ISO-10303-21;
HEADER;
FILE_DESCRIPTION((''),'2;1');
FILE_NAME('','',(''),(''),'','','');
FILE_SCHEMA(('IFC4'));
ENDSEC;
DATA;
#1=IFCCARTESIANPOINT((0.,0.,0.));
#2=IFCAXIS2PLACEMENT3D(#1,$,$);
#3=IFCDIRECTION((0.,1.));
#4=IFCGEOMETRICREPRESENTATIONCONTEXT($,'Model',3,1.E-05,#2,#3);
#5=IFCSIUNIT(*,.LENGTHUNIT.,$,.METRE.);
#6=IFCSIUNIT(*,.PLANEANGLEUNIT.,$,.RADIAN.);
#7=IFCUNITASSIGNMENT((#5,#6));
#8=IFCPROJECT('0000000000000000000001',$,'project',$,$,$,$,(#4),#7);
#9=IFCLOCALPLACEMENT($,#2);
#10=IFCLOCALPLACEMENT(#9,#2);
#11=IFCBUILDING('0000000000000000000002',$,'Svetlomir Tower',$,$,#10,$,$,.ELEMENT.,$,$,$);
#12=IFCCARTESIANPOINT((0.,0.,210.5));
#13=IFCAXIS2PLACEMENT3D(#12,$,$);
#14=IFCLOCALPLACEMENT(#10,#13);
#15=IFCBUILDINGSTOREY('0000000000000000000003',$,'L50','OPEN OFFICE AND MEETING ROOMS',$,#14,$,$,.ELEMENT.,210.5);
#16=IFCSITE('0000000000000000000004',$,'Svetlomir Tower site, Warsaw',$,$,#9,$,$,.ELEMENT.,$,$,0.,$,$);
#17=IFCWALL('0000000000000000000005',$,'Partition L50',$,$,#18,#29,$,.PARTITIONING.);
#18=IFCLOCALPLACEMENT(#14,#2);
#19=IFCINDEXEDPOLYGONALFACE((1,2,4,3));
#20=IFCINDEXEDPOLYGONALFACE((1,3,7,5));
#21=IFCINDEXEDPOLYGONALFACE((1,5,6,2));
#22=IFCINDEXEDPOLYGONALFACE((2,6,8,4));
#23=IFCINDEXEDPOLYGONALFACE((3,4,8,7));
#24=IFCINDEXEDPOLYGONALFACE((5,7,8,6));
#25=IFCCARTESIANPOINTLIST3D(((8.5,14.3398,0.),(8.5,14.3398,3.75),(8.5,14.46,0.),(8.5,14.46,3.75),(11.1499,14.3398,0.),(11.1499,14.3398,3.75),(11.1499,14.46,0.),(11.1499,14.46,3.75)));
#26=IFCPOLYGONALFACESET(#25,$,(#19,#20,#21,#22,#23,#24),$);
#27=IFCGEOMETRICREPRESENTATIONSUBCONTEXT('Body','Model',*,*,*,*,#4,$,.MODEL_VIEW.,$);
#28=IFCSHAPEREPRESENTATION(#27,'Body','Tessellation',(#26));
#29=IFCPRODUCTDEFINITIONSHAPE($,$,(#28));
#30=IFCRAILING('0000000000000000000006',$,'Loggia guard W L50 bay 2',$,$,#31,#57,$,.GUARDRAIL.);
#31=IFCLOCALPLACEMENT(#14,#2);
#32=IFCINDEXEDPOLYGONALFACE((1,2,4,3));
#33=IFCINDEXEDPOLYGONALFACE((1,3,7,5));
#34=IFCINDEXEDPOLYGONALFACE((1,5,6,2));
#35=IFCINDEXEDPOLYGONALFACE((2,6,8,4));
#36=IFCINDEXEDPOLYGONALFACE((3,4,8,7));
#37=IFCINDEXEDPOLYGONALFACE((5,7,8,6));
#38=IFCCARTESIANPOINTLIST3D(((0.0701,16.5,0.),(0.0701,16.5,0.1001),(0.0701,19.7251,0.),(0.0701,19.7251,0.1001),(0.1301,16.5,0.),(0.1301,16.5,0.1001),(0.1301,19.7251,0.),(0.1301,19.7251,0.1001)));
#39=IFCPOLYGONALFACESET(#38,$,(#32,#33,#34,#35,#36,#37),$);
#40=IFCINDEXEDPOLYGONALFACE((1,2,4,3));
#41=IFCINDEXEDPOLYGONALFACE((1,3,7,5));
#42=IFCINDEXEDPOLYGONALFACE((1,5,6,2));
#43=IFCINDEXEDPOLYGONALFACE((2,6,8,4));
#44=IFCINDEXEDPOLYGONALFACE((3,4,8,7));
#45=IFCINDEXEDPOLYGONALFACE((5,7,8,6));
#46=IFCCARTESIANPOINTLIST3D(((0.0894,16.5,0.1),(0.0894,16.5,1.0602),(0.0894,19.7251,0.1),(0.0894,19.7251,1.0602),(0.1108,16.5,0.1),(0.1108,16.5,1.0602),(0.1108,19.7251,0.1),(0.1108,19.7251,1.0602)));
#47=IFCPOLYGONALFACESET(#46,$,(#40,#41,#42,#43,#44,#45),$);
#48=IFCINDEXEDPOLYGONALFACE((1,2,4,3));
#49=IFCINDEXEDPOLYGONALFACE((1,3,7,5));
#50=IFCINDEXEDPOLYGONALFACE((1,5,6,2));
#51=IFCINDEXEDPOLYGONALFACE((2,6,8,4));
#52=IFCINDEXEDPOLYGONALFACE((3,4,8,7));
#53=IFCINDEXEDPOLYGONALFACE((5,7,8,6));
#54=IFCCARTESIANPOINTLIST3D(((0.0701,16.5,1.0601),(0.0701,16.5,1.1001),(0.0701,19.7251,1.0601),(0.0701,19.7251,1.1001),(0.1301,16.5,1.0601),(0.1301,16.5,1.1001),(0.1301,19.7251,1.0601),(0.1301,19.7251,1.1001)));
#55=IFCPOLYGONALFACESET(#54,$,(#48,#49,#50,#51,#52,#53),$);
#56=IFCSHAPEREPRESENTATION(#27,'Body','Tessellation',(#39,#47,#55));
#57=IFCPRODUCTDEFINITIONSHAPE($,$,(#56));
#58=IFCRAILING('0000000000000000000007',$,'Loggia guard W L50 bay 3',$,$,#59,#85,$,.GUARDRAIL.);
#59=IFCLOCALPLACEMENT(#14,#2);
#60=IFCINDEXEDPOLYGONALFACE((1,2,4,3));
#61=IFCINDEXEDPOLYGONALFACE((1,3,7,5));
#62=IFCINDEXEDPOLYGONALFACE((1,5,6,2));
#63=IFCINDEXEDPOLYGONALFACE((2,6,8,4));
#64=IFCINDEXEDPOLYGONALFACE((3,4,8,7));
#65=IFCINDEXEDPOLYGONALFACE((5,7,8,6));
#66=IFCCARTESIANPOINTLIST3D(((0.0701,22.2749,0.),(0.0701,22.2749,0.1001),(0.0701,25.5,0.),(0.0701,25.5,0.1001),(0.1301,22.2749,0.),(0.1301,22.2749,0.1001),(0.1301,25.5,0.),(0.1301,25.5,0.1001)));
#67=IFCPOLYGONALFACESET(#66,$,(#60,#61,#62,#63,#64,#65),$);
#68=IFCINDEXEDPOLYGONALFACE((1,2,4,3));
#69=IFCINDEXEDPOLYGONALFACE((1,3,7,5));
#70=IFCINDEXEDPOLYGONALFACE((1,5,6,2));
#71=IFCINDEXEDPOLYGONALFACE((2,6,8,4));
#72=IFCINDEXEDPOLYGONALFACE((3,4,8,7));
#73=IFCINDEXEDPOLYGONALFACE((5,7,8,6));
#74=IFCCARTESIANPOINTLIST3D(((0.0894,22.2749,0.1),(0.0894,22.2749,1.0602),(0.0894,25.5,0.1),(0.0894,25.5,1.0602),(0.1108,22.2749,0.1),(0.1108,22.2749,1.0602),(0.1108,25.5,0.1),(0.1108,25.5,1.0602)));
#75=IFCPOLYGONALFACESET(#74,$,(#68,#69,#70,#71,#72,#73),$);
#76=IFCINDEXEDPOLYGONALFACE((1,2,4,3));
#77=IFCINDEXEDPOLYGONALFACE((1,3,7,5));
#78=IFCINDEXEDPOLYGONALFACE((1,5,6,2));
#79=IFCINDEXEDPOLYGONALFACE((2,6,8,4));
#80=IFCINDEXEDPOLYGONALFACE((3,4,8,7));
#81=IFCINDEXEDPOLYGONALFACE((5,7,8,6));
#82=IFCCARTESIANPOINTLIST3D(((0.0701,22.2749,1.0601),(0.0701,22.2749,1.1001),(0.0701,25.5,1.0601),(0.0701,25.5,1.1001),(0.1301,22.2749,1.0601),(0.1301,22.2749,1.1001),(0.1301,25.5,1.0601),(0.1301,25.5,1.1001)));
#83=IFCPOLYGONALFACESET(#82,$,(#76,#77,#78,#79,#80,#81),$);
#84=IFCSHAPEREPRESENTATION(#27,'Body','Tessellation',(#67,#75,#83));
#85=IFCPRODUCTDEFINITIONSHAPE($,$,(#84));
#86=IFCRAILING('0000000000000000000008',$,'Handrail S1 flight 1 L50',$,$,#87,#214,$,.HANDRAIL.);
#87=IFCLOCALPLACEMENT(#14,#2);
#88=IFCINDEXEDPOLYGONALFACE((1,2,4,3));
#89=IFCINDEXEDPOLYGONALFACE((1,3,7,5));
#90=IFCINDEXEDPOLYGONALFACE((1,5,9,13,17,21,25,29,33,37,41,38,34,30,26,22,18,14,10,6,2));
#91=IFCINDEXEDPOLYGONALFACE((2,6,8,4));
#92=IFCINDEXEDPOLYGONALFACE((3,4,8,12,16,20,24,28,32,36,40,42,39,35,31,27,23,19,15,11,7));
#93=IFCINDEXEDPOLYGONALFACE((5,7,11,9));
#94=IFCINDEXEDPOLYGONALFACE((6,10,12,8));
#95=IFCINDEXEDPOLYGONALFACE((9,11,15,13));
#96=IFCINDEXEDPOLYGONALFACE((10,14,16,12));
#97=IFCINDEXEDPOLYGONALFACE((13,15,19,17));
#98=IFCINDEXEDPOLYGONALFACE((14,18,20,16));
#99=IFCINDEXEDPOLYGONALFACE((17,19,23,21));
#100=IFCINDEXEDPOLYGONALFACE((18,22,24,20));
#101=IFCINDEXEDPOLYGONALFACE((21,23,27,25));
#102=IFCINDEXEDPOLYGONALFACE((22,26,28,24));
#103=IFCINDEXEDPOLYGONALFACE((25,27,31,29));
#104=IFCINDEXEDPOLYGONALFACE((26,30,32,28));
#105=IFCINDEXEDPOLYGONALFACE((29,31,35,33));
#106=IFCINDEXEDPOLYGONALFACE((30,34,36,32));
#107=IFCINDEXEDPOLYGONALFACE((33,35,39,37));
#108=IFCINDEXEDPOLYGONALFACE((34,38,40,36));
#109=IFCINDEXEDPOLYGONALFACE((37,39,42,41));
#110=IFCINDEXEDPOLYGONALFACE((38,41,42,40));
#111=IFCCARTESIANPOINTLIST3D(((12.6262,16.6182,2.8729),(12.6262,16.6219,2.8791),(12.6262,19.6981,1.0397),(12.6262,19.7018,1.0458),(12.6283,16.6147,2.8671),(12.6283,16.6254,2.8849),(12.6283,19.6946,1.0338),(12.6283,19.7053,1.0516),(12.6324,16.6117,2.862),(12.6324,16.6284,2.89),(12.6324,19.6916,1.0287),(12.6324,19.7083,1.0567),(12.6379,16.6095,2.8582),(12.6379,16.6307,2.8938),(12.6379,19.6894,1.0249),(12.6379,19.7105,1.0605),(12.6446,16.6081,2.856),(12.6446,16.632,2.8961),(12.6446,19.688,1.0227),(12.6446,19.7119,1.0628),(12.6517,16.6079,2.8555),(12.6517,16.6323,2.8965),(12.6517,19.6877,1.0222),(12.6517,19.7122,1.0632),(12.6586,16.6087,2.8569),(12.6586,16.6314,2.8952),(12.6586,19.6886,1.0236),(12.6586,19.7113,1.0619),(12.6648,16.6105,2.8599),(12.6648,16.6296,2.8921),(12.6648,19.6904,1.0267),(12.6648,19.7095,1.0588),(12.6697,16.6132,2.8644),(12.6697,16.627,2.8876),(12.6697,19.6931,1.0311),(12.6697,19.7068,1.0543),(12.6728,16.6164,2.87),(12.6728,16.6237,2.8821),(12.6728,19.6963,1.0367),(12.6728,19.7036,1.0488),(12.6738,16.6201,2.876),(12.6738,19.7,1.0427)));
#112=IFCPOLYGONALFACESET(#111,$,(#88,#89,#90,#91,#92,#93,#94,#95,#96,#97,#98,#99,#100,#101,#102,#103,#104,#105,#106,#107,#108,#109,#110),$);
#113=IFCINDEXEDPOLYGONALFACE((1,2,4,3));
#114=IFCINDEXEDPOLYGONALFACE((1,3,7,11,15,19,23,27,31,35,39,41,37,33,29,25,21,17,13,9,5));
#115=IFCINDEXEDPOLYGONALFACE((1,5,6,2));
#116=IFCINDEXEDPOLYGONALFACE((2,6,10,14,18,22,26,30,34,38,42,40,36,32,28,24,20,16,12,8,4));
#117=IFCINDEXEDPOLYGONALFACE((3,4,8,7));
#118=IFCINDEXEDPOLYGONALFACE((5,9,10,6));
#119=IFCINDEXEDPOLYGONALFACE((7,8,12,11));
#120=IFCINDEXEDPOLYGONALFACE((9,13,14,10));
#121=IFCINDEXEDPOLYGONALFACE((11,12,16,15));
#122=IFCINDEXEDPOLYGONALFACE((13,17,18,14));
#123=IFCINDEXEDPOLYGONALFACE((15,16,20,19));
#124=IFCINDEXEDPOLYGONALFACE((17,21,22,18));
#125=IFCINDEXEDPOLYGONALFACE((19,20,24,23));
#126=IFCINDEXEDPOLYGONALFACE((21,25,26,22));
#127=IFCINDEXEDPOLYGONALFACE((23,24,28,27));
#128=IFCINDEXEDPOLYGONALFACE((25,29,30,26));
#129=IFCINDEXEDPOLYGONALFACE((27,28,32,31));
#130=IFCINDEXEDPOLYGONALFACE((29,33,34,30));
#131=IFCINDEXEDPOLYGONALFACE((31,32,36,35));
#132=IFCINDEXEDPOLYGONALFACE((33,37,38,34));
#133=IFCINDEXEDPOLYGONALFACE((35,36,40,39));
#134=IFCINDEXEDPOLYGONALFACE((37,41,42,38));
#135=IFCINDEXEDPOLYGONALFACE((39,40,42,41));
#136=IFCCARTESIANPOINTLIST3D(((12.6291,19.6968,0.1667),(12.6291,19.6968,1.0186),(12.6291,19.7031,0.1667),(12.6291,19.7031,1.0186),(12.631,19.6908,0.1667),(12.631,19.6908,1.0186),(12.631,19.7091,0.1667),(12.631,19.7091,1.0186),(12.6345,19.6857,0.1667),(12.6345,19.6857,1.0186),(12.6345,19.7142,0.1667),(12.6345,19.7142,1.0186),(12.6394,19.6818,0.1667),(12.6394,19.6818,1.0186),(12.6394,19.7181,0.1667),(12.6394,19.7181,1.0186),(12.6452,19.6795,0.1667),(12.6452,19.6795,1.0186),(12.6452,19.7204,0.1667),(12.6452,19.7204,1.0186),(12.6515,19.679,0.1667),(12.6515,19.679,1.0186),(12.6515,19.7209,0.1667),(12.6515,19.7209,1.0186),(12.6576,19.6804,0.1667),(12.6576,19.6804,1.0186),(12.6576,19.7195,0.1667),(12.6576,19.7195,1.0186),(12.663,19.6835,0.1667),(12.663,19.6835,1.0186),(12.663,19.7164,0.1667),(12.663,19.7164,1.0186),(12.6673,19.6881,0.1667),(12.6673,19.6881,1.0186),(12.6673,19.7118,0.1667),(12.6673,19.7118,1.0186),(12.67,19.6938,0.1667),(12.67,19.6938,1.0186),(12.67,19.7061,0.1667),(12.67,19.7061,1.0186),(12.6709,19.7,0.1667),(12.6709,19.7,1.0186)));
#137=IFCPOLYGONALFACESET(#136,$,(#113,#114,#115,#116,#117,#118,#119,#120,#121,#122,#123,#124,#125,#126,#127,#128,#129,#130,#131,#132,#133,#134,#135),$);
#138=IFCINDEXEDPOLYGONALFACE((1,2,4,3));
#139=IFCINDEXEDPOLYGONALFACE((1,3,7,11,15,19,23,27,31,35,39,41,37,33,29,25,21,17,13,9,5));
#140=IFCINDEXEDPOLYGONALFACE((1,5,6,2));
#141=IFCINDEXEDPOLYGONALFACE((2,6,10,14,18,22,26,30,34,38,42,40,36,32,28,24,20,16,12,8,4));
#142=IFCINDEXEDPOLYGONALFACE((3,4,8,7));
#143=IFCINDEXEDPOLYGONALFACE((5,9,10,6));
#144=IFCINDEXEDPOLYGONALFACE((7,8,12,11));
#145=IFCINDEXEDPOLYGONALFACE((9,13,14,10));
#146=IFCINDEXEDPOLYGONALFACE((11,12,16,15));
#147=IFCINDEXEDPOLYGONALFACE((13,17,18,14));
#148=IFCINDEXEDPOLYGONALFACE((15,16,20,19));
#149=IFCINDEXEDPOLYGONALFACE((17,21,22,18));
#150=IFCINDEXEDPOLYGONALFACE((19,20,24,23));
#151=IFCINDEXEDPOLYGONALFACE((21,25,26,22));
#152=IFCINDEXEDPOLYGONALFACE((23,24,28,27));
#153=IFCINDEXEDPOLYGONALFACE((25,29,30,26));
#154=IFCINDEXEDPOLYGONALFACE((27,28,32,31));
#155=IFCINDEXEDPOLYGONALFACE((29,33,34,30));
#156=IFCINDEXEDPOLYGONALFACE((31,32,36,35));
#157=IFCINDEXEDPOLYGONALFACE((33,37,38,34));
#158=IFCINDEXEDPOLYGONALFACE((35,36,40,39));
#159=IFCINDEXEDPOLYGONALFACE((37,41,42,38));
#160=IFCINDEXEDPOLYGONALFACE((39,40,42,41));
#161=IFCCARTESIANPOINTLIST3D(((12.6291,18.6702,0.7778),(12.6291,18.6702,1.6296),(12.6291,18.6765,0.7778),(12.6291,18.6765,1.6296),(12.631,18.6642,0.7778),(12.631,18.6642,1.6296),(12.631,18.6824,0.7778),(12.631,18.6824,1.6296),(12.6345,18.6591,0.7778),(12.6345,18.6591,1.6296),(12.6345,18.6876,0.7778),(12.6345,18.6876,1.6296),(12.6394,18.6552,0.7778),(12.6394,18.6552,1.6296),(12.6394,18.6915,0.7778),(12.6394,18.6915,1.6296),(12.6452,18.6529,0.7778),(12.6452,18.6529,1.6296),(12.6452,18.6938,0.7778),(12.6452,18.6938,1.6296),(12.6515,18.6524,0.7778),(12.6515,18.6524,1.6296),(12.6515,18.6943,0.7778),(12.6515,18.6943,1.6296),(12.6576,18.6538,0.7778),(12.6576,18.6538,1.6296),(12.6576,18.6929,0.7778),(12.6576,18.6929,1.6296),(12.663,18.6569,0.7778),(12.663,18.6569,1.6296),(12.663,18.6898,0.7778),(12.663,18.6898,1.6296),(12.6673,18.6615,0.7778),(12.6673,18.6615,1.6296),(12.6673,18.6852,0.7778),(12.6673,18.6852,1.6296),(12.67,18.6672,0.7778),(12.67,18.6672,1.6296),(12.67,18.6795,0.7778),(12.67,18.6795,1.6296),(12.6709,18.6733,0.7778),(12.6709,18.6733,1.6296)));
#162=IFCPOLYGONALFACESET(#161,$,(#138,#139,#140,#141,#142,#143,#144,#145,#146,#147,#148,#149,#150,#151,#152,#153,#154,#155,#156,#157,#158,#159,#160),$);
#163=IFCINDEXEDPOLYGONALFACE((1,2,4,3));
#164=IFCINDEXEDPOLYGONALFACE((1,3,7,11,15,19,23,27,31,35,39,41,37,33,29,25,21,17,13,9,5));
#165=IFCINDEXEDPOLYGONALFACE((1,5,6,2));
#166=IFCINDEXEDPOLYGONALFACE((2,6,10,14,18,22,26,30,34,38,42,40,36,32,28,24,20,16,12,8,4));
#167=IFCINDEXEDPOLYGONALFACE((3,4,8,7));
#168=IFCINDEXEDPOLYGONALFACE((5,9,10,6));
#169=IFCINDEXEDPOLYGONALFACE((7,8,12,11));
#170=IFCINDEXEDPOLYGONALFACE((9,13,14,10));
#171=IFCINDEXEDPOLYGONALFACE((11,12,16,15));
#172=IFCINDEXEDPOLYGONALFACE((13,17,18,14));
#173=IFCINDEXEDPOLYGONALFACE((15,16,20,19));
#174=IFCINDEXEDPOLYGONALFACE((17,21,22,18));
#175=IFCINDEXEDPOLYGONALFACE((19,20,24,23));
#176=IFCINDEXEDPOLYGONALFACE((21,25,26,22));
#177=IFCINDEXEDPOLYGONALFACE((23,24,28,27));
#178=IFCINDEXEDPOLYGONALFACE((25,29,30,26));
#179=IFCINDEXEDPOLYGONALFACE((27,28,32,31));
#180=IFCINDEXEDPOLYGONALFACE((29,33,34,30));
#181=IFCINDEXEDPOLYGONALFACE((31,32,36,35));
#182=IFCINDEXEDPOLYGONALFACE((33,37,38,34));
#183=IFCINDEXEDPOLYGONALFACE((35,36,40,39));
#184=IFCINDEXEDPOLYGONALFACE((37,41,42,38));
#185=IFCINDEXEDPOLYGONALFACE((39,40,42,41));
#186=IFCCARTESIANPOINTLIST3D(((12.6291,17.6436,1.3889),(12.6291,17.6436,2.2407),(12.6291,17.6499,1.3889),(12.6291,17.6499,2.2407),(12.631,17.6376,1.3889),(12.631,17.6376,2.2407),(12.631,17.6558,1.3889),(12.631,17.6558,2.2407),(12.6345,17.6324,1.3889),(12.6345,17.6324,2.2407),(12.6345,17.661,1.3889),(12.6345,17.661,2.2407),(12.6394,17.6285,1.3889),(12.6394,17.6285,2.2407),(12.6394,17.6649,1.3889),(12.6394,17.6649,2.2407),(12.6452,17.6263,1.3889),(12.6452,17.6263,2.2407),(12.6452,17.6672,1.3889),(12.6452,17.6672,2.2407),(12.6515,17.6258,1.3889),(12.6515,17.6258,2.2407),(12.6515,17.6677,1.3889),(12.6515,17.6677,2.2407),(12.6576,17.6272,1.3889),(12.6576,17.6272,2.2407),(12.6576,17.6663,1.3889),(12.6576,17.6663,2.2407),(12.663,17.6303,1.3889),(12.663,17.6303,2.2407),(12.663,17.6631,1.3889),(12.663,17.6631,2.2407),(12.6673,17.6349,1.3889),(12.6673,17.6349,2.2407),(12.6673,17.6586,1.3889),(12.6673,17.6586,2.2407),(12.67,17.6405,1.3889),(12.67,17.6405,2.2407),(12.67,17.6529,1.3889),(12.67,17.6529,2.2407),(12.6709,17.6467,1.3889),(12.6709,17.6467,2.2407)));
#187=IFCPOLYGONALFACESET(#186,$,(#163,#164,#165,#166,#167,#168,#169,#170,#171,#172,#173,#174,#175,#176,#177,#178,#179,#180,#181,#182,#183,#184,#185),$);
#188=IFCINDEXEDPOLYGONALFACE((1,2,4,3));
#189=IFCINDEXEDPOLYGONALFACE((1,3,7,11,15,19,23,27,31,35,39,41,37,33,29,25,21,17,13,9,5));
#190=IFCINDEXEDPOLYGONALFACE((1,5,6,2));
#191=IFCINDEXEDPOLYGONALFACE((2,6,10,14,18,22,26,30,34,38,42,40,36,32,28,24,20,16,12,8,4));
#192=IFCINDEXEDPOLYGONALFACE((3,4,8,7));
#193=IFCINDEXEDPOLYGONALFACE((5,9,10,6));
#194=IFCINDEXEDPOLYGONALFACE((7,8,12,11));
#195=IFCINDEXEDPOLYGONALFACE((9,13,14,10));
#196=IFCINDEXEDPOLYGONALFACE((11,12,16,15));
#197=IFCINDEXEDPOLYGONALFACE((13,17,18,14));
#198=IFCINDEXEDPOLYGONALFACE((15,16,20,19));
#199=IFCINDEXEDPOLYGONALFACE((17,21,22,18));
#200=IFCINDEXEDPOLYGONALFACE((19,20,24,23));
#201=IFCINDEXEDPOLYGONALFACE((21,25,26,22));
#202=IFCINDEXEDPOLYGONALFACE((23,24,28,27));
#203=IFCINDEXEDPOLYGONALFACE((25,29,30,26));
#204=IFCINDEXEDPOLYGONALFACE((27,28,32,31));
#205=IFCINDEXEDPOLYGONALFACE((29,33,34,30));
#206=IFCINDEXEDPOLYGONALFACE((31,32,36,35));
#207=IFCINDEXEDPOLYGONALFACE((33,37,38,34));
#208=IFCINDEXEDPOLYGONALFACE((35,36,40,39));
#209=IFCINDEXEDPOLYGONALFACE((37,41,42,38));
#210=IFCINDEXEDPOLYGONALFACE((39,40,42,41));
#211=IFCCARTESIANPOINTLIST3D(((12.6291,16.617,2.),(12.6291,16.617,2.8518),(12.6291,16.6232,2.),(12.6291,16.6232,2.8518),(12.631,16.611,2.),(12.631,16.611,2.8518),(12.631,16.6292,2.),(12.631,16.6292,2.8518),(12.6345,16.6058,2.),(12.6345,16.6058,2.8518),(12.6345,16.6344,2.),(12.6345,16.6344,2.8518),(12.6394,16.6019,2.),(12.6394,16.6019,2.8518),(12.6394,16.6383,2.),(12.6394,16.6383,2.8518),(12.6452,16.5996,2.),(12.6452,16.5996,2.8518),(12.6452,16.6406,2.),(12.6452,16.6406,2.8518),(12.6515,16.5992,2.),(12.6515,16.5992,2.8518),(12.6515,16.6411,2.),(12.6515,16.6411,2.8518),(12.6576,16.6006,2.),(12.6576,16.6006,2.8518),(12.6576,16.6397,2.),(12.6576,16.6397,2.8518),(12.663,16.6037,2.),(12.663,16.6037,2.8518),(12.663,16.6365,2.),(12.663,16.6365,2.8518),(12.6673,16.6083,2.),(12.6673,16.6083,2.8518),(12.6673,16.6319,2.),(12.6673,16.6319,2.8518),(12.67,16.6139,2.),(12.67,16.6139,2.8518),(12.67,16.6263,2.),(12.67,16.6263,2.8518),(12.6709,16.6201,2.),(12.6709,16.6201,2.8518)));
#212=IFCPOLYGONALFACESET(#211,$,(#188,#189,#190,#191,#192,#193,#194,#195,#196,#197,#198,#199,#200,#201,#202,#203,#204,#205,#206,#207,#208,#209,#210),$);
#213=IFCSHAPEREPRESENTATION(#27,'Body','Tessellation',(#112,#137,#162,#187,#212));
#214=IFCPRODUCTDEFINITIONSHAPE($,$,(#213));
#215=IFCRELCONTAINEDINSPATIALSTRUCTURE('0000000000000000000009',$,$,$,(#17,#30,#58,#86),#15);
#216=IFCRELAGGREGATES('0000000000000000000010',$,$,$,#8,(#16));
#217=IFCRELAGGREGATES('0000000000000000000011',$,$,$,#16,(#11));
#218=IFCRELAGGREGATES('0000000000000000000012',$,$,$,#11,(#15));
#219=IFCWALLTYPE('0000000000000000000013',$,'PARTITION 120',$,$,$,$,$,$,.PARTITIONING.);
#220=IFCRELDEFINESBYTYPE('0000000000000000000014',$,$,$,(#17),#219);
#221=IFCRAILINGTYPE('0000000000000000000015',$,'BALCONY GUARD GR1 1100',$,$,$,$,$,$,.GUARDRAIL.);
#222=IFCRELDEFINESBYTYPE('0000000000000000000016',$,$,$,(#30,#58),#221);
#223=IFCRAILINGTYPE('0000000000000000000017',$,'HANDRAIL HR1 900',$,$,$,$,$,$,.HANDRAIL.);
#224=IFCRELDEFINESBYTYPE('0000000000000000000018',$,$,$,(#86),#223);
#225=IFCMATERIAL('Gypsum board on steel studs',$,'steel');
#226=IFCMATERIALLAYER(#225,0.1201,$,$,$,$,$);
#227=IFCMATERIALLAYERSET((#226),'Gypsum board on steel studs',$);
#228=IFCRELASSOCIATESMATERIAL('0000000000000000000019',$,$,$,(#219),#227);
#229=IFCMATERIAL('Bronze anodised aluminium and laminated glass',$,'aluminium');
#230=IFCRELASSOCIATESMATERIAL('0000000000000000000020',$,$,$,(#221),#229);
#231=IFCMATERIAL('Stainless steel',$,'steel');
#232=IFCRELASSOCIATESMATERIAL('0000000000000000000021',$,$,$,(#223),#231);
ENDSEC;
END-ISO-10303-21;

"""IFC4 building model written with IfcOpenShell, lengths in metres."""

from ifc_helpers import new_model, si_unit, direction, frame, frame_2d, origin, origin_2d, place, context, subcontext, project, spatial, rectangle, circle, extrude, material, layer, layer_set, type_object, element, save


model = new_model("IFC4")

# Units and contexts
model_context = context("Model", 3, precision=1e-05, world=origin(), true_north=direction((0.0, 1.0)))
body_context = subcontext(model_context, "Body", "Model", "MODEL_VIEW")
ifc_project = project(units=[si_unit("LENGTHUNIT", "METRE"), si_unit("PLANEANGLEUNIT", "RADIAN")], contexts=[model_context])

# Site, building, storey
site_placement = place(None, origin())
site = spatial("IfcSite", under=ifc_project, at=site_placement, Name="Svetlomir Tower site, Warsaw", CompositionType="ELEMENT", RefElevation=0.0)
building_placement = place(site_placement, origin())
building = spatial("IfcBuilding", under=site, at=building_placement, Name="Svetlomir Tower", CompositionType="ELEMENT")
storey_placement = place(building_placement, frame((0.0, 0.0, 210.5)))
storey = spatial("IfcBuildingStorey", under=building, at=storey_placement, Name="L50", Description="OPEN OFFICE AND MEETING ROOMS", CompositionType="ELEMENT", Elevation=210.5)

# Wall
ifc_material_1 = material(Name="Gypsum board on steel studs", Category="steel")
ifc_layer_1 = layer(ifc_material_1, 0.1201)
ifc_layer_set_1 = layer_set([ifc_layer_1], Name="Gypsum board on steel studs")
wall_type_1 = type_object("IfcWallType", Name="PARTITION 120", PredefinedType="PARTITIONING", material=ifc_layer_set_1)
wall_1_placement = place(storey_placement, frame((8.5, 14.3999, 0.0), z_axis=(0.0, 0.0, 1.0), x_axis=(1.0, 0.0, 0.0)))
element("IfcWall", 1, at=wall_1_placement, inside=storey, type_object=wall_type_1, Name="Partition L50", PredefinedType="PARTITIONING", context=body_context, shape_type="SweptSolid", body=[
    extrude(rectangle(XDim=2.6499, YDim=0.1201, at=frame_2d((1.325, 0.0))), origin(), (0.0, 0.0, 1.0), 3.75),
])

# Railings
ifc_material_2 = material(Name="Bronze anodised aluminium and laminated glass", Category="aluminium")
railing_type_1 = type_object("IfcRailingType", Name="BALCONY GUARD GR1 1100", PredefinedType="GUARDRAIL", material=ifc_material_2)
for number, where, name in (
    (2, (0.1001, 16.5, 0.0), "Loggia guard W L50 bay 2"),
    (3, (0.1001, 22.2749, 0.0), "Loggia guard W L50 bay 3"),
):
    element("IfcRailing", number, at=place(storey_placement, frame(where)), inside=storey, type_object=railing_type_1, Name=name, PredefinedType="GUARDRAIL", context=body_context, shape_type="SweptSolid", body=[
        extrude(rectangle(XDim=0.0601, YDim=0.1001, at=origin_2d()), frame((0.0, 0.0, 0.05), z_axis=(0.0, 1.0, 0.0), x_axis=(-1.0, 0.0, 0.0)), (0.0, 0.0, 1.0), 3.2251),
        extrude(rectangle(XDim=0.0215, YDim=0.9602, at=origin_2d()), frame((0.0, 0.0, 0.5801), z_axis=(0.0, 1.0, 0.0), x_axis=(-1.0, 0.0, 0.0)), (0.0, 0.0, 1.0), 3.2251),
        extrude(rectangle(XDim=0.0601, YDim=0.04, at=origin_2d()), frame((0.0, 0.0, 1.0801), z_axis=(0.0, 1.0, 0.0), x_axis=(-1.0, 0.0, 0.0)), (0.0, 0.0, 1.0), 3.2251),
    ])
ifc_material_3 = material(Name="Stainless steel", Category="steel")
railing_type_2 = type_object("IfcRailingType", Name="HANDRAIL HR1 900", PredefinedType="HANDRAIL", material=ifc_material_3)
railing_placement = place(storey_placement, frame((12.6499, 19.7, 0.1667)))
element("IfcRailing", 4, at=railing_placement, inside=storey, type_object=railing_type_2, Name="Handrail S1 flight 1 L50", PredefinedType="HANDRAIL", context=body_context, shape_type="SweptSolid", body=[
    extrude(circle(Radius=0.0239, at=origin_2d()), frame((0.0, 0.0, 0.876), z_axis=(0.0, -0.859291, 0.511487), x_axis=(1.0, 0.0, 0.0)), (0.0, 0.0, 1.0), 3.5842),
    extrude(circle(Radius=0.021, at=origin_2d()), origin(), (0.0, 0.0, 1.0), 0.8518),
    extrude(circle(Radius=0.021, at=origin_2d()), frame((0.0, -1.0266, 0.6111)), (0.0, 0.0, 1.0), 0.8518),
    extrude(circle(Radius=0.021, at=origin_2d()), frame((0.0, -2.0532, 1.2222)), (0.0, 0.0, 1.0), 0.8518),
    extrude(circle(Radius=0.021, at=origin_2d()), frame((0.0, -3.0798, 1.8333)), (0.0, 0.0, 1.0), 0.8518),
])

save(model, "model.ifc")
